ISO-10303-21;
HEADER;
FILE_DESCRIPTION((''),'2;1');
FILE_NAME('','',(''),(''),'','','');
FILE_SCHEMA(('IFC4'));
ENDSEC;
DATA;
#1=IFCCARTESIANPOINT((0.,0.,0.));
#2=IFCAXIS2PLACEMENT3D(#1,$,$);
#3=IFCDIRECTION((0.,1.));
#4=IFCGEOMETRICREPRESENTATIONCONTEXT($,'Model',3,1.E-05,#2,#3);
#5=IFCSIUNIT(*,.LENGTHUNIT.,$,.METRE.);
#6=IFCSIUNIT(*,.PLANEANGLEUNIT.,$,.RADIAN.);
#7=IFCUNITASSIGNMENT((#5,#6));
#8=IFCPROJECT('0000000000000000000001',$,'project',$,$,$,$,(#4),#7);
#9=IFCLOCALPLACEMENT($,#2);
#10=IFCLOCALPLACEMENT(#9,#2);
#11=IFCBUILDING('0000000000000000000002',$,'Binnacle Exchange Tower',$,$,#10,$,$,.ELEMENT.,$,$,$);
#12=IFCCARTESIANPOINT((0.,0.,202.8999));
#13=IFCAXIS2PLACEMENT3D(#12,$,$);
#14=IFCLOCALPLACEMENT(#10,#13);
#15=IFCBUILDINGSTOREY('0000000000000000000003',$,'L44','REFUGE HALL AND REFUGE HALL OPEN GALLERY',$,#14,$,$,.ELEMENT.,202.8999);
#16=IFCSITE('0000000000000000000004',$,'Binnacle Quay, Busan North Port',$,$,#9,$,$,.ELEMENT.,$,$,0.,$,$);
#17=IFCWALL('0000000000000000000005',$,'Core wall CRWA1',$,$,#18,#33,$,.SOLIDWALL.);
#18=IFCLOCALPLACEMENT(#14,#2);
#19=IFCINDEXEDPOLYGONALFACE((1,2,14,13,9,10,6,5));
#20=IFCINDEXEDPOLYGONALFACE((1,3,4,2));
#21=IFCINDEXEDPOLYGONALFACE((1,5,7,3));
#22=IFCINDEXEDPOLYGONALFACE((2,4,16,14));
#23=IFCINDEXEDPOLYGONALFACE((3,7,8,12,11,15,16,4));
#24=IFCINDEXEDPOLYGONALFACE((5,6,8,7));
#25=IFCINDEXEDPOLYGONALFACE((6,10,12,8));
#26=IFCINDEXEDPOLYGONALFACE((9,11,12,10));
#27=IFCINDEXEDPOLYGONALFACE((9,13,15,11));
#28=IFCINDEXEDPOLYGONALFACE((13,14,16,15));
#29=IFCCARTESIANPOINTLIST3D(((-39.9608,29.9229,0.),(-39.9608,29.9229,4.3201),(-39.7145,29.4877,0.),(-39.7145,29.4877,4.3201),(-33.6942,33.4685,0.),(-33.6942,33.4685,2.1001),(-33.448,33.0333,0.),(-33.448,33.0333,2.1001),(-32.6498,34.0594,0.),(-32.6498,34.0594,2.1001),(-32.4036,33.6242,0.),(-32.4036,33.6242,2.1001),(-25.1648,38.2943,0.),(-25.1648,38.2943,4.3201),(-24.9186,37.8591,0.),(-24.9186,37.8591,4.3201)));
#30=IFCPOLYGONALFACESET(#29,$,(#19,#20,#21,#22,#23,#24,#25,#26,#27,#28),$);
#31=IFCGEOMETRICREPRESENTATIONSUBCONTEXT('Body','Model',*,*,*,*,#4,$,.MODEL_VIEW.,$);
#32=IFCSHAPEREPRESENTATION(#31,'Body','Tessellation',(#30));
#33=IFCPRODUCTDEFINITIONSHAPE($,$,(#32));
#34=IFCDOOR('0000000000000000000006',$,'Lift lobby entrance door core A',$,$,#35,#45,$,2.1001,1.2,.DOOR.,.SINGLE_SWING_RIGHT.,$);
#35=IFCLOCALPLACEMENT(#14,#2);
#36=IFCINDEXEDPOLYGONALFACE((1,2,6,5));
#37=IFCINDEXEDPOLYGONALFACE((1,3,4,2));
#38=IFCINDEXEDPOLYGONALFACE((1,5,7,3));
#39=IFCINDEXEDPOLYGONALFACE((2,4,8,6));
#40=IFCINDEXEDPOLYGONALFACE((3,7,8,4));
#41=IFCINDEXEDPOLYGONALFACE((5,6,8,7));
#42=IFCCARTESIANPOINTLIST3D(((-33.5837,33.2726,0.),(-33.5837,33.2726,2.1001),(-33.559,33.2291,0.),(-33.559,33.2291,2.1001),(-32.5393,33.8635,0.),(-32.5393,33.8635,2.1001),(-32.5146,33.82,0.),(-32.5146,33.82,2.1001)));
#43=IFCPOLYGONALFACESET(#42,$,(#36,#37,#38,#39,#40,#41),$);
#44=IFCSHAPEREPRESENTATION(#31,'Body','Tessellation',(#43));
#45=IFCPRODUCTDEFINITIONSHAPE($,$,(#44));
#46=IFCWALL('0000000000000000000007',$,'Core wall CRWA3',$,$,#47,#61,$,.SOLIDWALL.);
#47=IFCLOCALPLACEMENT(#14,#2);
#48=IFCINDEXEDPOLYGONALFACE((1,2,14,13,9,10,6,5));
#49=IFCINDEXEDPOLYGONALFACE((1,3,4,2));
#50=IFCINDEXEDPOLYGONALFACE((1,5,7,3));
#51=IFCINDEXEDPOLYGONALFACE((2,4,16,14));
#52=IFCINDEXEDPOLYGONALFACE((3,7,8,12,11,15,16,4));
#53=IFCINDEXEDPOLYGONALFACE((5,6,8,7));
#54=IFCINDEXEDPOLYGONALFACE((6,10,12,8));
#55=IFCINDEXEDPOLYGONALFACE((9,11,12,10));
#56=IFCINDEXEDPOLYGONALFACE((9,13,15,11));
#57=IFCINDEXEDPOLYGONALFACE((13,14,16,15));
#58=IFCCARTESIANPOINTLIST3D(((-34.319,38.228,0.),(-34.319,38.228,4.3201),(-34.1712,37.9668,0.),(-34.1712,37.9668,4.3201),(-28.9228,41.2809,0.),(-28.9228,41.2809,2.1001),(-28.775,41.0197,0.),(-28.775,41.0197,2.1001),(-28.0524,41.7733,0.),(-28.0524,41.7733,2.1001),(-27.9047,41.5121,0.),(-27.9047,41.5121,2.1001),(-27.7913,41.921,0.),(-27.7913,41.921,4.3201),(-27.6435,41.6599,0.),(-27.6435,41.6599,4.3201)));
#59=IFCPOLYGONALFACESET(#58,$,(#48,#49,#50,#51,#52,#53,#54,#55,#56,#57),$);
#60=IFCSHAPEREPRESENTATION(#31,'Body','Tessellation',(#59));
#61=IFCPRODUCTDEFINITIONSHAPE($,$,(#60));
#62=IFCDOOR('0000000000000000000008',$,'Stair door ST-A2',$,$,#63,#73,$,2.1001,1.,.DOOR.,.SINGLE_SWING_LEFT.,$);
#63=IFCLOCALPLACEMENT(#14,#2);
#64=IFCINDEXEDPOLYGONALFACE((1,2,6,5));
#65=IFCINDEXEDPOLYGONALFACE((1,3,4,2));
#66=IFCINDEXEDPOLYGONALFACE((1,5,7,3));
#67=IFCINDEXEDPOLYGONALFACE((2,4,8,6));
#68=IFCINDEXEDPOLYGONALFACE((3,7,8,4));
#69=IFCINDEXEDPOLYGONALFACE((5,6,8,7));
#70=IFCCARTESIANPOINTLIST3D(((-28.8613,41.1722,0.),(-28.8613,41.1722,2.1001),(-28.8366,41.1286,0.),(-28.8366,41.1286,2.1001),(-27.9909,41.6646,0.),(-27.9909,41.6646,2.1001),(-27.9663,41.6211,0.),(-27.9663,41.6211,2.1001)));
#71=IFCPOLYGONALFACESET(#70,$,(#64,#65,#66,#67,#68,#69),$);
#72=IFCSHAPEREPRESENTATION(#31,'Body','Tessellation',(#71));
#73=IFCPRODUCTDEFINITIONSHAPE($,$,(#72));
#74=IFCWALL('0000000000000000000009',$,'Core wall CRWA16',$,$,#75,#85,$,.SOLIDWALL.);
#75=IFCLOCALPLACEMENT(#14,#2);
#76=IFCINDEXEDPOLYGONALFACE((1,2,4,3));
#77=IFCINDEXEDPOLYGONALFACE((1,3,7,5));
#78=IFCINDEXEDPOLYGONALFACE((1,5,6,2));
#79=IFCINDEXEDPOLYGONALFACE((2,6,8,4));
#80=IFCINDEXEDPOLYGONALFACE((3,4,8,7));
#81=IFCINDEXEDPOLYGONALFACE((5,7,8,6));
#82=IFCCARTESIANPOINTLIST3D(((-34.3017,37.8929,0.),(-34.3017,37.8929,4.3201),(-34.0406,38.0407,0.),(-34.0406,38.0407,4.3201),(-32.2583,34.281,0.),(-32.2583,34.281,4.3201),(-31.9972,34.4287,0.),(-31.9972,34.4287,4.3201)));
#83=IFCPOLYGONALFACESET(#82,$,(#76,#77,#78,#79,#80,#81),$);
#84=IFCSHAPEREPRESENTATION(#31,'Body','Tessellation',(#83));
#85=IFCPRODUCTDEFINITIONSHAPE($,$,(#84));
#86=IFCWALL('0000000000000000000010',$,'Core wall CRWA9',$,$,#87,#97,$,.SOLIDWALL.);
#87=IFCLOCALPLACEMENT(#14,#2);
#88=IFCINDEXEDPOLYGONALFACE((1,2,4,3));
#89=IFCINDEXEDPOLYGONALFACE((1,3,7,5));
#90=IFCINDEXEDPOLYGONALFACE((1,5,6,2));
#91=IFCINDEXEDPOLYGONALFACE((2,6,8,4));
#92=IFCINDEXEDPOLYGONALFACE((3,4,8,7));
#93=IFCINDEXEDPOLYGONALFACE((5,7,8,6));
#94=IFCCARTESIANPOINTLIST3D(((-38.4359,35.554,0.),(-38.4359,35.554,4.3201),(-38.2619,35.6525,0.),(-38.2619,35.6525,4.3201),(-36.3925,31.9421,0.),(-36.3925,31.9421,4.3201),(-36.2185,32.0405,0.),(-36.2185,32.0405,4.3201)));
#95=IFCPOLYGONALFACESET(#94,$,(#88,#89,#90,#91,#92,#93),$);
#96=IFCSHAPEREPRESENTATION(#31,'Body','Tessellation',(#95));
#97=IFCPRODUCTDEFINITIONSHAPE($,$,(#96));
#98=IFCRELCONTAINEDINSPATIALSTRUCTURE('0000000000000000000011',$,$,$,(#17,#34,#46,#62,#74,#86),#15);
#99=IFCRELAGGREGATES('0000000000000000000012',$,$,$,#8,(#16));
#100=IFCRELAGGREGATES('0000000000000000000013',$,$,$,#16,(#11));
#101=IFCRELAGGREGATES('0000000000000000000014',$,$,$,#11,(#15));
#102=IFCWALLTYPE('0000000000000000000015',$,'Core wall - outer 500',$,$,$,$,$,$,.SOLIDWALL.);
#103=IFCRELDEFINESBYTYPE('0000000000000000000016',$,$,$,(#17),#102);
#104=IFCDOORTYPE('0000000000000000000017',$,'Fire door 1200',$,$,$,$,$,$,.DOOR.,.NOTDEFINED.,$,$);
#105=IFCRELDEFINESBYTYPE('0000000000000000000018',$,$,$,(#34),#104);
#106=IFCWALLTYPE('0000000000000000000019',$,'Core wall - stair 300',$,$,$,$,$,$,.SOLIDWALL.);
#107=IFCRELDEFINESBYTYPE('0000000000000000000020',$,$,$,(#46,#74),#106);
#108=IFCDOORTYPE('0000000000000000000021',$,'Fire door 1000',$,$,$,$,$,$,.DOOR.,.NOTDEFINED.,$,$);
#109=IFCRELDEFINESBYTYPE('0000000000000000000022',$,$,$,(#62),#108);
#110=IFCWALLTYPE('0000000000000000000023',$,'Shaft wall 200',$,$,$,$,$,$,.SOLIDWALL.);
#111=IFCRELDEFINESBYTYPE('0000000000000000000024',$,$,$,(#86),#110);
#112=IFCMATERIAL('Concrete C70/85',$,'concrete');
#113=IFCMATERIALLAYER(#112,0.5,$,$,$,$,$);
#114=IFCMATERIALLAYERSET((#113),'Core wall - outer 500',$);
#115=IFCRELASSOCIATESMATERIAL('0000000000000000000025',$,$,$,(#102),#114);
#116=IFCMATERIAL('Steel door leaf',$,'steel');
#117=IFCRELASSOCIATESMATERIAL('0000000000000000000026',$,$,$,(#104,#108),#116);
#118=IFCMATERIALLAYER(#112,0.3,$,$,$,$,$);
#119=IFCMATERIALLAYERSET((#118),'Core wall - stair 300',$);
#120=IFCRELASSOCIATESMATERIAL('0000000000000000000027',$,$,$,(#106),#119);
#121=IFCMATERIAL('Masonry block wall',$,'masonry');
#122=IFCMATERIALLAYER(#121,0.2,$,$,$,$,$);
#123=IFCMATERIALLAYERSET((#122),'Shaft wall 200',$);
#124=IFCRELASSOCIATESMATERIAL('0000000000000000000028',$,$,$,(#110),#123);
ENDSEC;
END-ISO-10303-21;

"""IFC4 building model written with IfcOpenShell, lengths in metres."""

from ifc_helpers import new_model, si_unit, direction, frame, frame_2d, origin, place, context, subcontext, project, spatial, rectangle, extrude, material, layer, layer_set, type_object, element, fill, save


model = new_model("IFC4")

# Units and contexts
model_context = context("Model", 3, precision=1e-05, world=origin(), true_north=direction((0.0, 1.0)))
body_context = subcontext(model_context, "Body", "Model", "MODEL_VIEW")
ifc_project = project(units=[si_unit("LENGTHUNIT", "METRE"), si_unit("PLANEANGLEUNIT", "RADIAN")], contexts=[model_context])

# Site, building, storey
site_placement = place(None, origin())
site = spatial("IfcSite", under=ifc_project, at=site_placement, Name="Binnacle Quay, Busan North Port", CompositionType="ELEMENT", RefElevation=0.0)
building_placement = place(site_placement, origin())
building = spatial("IfcBuilding", under=site, at=building_placement, Name="Binnacle Exchange Tower", CompositionType="ELEMENT")
storey_placement = place(building_placement, frame((0.0, 0.0, 202.8999)))
storey = spatial("IfcBuildingStorey", under=building, at=storey_placement, Name="L44", Description="REFUGE HALL AND REFUGE HALL OPEN GALLERY", CompositionType="ELEMENT", Elevation=202.8999)

# Shared definitions
ifc_material_1 = material(Name="Concrete C70/85", Category="concrete")

# Shared definitions
ifc_material_2 = material(Name="Steel door leaf", Category="steel")

# Walls, openings, doors
ifc_layer_1 = layer(ifc_material_1, 0.5)
ifc_layer_set_1 = layer_set([ifc_layer_1], Name="Core wall - outer 500")
wall_type_1 = type_object("IfcWallType", Name="Core wall - outer 500", PredefinedType="SOLIDWALL", material=ifc_layer_set_1)
wall_1_placement = place(storey_placement, frame((-39.8376, 29.7053, 0.0), z_axis=(0.0, 0.0, 1.0), x_axis=(0.87035, 0.492433, 0.0)))
wall_1 = element("IfcWall", 1, at=wall_1_placement, inside=storey, type_object=wall_type_1, Name="Core wall CRWA1", PredefinedType="SOLIDWALL", context=body_context, shape_type="SweptSolid", body=[
    extrude(rectangle(XDim=17.0, YDim=0.5, at=frame_2d((8.5, 0.0))), origin(), (0.0, 0.0, 1.0), 4.3201),
])
opening_1_placement = place(wall_1_placement, frame((7.2, 0.0, 0.0)))
opening_1 = element("IfcOpeningElement", 2, at=opening_1_placement, cuts=wall_1, PredefinedType="OPENING", context=body_context, shape_type="SweptSolid", body=[
    extrude(rectangle(XDim=1.2, YDim=2.1001, at=frame_2d((0.6001, 1.05))), frame((0.0, 0.26, 0.0), z_axis=(0.0, -1.0, 0.0), x_axis=(1.0, 0.0, 0.0)), (0.0, 0.0, 1.0), 0.52),
])
door_type_1 = type_object("IfcDoorType", Name="Fire door 1200", OperationType="NOTDEFINED", PredefinedType="DOOR", material=ifc_material_2)
door_1_placement = place(opening_1_placement, frame((1.2, 0.0, 0.0), z_axis=(0.0, 0.0, 1.0), x_axis=(-1.0, 0.0, 0.0)))
door_1 = element("IfcDoor", 3, at=door_1_placement, inside=storey, type_object=door_type_1, Name="Lift lobby entrance door core A", OperationType="SINGLE_SWING_RIGHT", OverallHeight=2.1001, OverallWidth=1.2, PredefinedType="DOOR", context=body_context, shape_type="SweptSolid", body=[
    extrude(rectangle(XDim=1.2, YDim=2.1001, at=frame_2d((0.6001, 1.05))), frame((0.0, 0.0249, 0.0), z_axis=(0.0, -1.0, 0.0), x_axis=(1.0, 0.0, 0.0)), (0.0, 0.0, 1.0), 0.05),
])
fill(opening_1, door_1)
ifc_layer_2 = layer(ifc_material_1, 0.3)
ifc_layer_set_2 = layer_set([ifc_layer_2], Name="Core wall - stair 300")
wall_type_2 = type_object("IfcWallType", Name="Core wall - stair 300", PredefinedType="SOLIDWALL", material=ifc_layer_set_2)
wall_2_placement = place(storey_placement, frame((-34.2451, 38.0974, 0.0), z_axis=(0.0, 0.0, 1.0), x_axis=(0.870365, 0.492408, 0.0)))
wall_2 = element("IfcWall", 4, at=wall_2_placement, inside=storey, type_object=wall_type_2, Name="Core wall CRWA3", PredefinedType="SOLIDWALL", context=body_context, shape_type="SweptSolid", body=[
    extrude(rectangle(XDim=7.5, YDim=0.3, at=frame_2d((3.75, 0.0))), origin(), (0.0, 0.0, 1.0), 4.3201),
])
opening_2_placement = place(wall_2_placement, frame((6.2, 0.0, 0.0)))
opening_2 = element("IfcOpeningElement", 5, at=opening_2_placement, cuts=wall_2, PredefinedType="OPENING", context=body_context, shape_type="SweptSolid", body=[
    extrude(rectangle(XDim=1.0, YDim=2.1001, at=frame_2d((0.5, 1.05))), frame((0.0, 0.1599, 0.0), z_axis=(0.0, -1.0, 0.0), x_axis=(1.0, 0.0, 0.0)), (0.0, 0.0, 1.0), 0.3201),
])
door_type_2 = type_object("IfcDoorType", Name="Fire door 1000", OperationType="NOTDEFINED", PredefinedType="DOOR", material=ifc_material_2)
door_2_placement = place(opening_2_placement, frame((1.0, 0.0, 0.0), z_axis=(0.0, 0.0, 1.0), x_axis=(-1.0, 0.0, 0.0)))
door_2 = element("IfcDoor", 6, at=door_2_placement, inside=storey, type_object=door_type_2, Name="Stair door ST-A2", OperationType="SINGLE_SWING_LEFT", OverallHeight=2.1001, OverallWidth=1.0, PredefinedType="DOOR", context=body_context, shape_type="SweptSolid", body=[
    extrude(rectangle(XDim=1.0, YDim=2.1001, at=frame_2d((0.5, 1.05))), frame((0.0, 0.0249, 0.0), z_axis=(0.0, -1.0, 0.0), x_axis=(1.0, 0.0, 0.0)), (0.0, 0.0, 1.0), 0.05),
])
fill(opening_2, door_2)

# Walls
wall_3_placement = place(storey_placement, frame((-34.1711, 37.9668, 0.0), z_axis=(0.0, 0.0, 1.0), x_axis=(0.492396, -0.870371, 0.0)))
element("IfcWall", 7, at=wall_3_placement, inside=storey, type_object=wall_type_2, Name="Core wall CRWA16", PredefinedType="SOLIDWALL", context=body_context, shape_type="SweptSolid", body=[
    extrude(rectangle(XDim=4.1499, YDim=0.3, at=frame_2d((2.075, 0.0))), origin(), (0.0, 0.0, 1.0), 4.3201),
])
ifc_material_3 = material(Name="Masonry block wall", Category="masonry")
ifc_layer_3 = layer(ifc_material_3, 0.2)
ifc_layer_set_3 = layer_set([ifc_layer_3], Name="Shaft wall 200")
wall_type_3 = type_object("IfcWallType", Name="Shaft wall 200", PredefinedType="SOLIDWALL", material=ifc_layer_set_3)
wall_4_placement = place(storey_placement, frame((-38.3489, 35.6033, 0.0), z_axis=(0.0, 0.0, 1.0), x_axis=(0.492396, -0.870371, 0.0)))
element("IfcWall", 8, at=wall_4_placement, inside=storey, type_object=wall_type_3, Name="Core wall CRWA9", PredefinedType="SOLIDWALL", context=body_context, shape_type="SweptSolid", body=[
    extrude(rectangle(XDim=4.1499, YDim=0.2, at=frame_2d((2.075, 0.0))), origin(), (0.0, 0.0, 1.0), 4.3201),
])

save(model, "model.ifc")
